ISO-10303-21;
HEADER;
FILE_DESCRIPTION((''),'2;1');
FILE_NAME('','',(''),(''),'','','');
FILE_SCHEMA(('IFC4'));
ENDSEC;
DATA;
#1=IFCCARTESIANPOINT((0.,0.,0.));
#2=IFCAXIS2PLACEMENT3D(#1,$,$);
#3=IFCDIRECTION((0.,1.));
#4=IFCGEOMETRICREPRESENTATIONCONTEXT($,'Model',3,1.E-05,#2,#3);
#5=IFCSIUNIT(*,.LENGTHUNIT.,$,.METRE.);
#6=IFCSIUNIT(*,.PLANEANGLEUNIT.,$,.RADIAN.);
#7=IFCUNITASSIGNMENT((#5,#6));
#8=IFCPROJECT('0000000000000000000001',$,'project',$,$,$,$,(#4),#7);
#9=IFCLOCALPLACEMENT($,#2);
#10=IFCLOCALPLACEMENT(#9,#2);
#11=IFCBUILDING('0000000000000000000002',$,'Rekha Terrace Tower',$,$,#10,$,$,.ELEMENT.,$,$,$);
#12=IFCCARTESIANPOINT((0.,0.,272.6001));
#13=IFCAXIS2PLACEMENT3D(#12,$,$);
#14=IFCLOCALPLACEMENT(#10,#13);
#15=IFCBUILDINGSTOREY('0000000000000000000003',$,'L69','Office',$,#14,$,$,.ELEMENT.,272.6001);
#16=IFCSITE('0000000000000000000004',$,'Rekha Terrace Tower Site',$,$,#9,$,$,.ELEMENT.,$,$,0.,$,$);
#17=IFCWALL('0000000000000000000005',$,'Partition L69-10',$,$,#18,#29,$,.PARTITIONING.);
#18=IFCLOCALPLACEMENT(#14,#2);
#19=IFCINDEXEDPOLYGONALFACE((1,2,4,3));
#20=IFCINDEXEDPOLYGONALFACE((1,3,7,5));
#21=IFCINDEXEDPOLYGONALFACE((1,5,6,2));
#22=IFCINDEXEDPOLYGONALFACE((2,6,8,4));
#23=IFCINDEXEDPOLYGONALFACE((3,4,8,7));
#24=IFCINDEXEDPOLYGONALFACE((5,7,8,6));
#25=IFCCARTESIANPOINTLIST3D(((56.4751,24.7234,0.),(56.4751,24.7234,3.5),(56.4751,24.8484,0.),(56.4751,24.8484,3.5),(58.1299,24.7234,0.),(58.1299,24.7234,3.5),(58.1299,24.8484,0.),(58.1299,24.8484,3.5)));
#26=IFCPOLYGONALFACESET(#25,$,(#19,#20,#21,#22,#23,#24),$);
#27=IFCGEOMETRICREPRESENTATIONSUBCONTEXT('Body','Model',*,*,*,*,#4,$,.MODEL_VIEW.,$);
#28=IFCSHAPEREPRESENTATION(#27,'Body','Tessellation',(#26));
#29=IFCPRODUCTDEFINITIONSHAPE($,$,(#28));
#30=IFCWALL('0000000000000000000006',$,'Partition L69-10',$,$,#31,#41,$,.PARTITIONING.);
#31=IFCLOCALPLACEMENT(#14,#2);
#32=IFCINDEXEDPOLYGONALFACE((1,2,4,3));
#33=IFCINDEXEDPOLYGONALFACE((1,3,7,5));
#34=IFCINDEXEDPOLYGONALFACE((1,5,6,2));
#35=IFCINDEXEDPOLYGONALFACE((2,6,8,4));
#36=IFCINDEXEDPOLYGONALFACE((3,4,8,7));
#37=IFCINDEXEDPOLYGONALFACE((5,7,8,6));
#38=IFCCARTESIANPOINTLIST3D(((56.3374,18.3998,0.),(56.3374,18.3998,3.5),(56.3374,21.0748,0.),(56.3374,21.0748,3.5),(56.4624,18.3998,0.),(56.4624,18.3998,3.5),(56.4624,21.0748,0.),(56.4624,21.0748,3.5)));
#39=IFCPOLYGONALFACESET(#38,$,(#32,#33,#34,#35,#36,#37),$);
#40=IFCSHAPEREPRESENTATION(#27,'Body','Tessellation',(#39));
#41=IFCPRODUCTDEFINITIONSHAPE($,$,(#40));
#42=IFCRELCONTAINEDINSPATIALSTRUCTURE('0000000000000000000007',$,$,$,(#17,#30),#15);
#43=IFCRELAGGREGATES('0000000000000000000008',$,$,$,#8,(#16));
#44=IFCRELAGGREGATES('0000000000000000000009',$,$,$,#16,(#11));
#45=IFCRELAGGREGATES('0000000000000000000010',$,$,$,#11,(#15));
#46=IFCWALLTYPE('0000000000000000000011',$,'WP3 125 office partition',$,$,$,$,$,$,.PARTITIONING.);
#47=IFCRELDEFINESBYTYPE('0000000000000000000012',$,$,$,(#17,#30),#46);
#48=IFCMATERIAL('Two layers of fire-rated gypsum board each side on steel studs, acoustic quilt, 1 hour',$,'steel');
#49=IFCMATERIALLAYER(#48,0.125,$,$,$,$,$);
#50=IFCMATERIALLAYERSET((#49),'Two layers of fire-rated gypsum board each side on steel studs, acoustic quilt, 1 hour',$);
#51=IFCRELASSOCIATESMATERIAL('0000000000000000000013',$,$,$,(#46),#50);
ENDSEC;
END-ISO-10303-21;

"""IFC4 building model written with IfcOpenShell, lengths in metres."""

from ifc_helpers import new_model, si_unit, direction, frame, frame_2d, origin, place, context, subcontext, project, spatial, rectangle, extrude, material, layer, layer_set, type_object, element, save


model = new_model("IFC4")

# Units and contexts
model_context = context("Model", 3, precision=1e-05, world=origin(), true_north=direction((0.0, 1.0)))
body_context = subcontext(model_context, "Body", "Model", "MODEL_VIEW")
ifc_project = project(units=[si_unit("LENGTHUNIT", "METRE"), si_unit("PLANEANGLEUNIT", "RADIAN")], contexts=[model_context])

# Site, building, storey
site_placement = place(None, origin())
site = spatial("IfcSite", under=ifc_project, at=site_placement, Name="Rekha Terrace Tower Site", CompositionType="ELEMENT", RefElevation=0.0)
building_placement = place(site_placement, origin())
building = spatial("IfcBuilding", under=site, at=building_placement, Name="Rekha Terrace Tower", CompositionType="ELEMENT")
storey_placement = place(building_placement, frame((0.0, 0.0, 272.6001)))
storey = spatial("IfcBuildingStorey", under=building, at=storey_placement, Name="L69", Description="Office", CompositionType="ELEMENT", Elevation=272.6001)

# Walls
ifc_material_1 = material(Name="Two layers of fire-rated gypsum board each side on steel studs, acoustic quilt, 1 hour", Category="steel")
ifc_layer_1 = layer(ifc_material_1, 0.125)
ifc_layer_set_1 = layer_set([ifc_layer_1], Name="Two layers of fire-rated gypsum board each side on steel studs, acoustic quilt, 1 hour")
wall_type_1 = type_object("IfcWallType", Name="WP3 125 office partition", PredefinedType="PARTITIONING", material=ifc_layer_set_1)
wall_1_placement = place(storey_placement, frame((56.4751, 24.7859, 0.0), z_axis=(0.0, 0.0, 1.0), x_axis=(1.0, 0.0, 0.0)))
element("IfcWall", 1, at=wall_1_placement, inside=storey, type_object=wall_type_1, Name="Partition L69-10", PredefinedType="PARTITIONING", context=body_context, shape_type="SweptSolid", body=[
    extrude(rectangle(XDim=1.6548, YDim=0.125, at=frame_2d((0.8274, 0.0))), origin(), (0.0, 0.0, 1.0), 3.5),
])
wall_2_placement = place(storey_placement, frame((56.3999, 18.3999, 0.0), z_axis=(0.0, 0.0, 1.0), x_axis=(0.0, 1.0, 0.0)))
element("IfcWall", 2, at=wall_2_placement, inside=storey, type_object=wall_type_1, Name="Partition L69-10", PredefinedType="PARTITIONING", context=body_context, shape_type="SweptSolid", body=[
    extrude(rectangle(XDim=2.675, YDim=0.125, at=frame_2d((1.3374, 0.0))), origin(), (0.0, 0.0, 1.0), 3.5),
])

save(model, "model.ifc")
